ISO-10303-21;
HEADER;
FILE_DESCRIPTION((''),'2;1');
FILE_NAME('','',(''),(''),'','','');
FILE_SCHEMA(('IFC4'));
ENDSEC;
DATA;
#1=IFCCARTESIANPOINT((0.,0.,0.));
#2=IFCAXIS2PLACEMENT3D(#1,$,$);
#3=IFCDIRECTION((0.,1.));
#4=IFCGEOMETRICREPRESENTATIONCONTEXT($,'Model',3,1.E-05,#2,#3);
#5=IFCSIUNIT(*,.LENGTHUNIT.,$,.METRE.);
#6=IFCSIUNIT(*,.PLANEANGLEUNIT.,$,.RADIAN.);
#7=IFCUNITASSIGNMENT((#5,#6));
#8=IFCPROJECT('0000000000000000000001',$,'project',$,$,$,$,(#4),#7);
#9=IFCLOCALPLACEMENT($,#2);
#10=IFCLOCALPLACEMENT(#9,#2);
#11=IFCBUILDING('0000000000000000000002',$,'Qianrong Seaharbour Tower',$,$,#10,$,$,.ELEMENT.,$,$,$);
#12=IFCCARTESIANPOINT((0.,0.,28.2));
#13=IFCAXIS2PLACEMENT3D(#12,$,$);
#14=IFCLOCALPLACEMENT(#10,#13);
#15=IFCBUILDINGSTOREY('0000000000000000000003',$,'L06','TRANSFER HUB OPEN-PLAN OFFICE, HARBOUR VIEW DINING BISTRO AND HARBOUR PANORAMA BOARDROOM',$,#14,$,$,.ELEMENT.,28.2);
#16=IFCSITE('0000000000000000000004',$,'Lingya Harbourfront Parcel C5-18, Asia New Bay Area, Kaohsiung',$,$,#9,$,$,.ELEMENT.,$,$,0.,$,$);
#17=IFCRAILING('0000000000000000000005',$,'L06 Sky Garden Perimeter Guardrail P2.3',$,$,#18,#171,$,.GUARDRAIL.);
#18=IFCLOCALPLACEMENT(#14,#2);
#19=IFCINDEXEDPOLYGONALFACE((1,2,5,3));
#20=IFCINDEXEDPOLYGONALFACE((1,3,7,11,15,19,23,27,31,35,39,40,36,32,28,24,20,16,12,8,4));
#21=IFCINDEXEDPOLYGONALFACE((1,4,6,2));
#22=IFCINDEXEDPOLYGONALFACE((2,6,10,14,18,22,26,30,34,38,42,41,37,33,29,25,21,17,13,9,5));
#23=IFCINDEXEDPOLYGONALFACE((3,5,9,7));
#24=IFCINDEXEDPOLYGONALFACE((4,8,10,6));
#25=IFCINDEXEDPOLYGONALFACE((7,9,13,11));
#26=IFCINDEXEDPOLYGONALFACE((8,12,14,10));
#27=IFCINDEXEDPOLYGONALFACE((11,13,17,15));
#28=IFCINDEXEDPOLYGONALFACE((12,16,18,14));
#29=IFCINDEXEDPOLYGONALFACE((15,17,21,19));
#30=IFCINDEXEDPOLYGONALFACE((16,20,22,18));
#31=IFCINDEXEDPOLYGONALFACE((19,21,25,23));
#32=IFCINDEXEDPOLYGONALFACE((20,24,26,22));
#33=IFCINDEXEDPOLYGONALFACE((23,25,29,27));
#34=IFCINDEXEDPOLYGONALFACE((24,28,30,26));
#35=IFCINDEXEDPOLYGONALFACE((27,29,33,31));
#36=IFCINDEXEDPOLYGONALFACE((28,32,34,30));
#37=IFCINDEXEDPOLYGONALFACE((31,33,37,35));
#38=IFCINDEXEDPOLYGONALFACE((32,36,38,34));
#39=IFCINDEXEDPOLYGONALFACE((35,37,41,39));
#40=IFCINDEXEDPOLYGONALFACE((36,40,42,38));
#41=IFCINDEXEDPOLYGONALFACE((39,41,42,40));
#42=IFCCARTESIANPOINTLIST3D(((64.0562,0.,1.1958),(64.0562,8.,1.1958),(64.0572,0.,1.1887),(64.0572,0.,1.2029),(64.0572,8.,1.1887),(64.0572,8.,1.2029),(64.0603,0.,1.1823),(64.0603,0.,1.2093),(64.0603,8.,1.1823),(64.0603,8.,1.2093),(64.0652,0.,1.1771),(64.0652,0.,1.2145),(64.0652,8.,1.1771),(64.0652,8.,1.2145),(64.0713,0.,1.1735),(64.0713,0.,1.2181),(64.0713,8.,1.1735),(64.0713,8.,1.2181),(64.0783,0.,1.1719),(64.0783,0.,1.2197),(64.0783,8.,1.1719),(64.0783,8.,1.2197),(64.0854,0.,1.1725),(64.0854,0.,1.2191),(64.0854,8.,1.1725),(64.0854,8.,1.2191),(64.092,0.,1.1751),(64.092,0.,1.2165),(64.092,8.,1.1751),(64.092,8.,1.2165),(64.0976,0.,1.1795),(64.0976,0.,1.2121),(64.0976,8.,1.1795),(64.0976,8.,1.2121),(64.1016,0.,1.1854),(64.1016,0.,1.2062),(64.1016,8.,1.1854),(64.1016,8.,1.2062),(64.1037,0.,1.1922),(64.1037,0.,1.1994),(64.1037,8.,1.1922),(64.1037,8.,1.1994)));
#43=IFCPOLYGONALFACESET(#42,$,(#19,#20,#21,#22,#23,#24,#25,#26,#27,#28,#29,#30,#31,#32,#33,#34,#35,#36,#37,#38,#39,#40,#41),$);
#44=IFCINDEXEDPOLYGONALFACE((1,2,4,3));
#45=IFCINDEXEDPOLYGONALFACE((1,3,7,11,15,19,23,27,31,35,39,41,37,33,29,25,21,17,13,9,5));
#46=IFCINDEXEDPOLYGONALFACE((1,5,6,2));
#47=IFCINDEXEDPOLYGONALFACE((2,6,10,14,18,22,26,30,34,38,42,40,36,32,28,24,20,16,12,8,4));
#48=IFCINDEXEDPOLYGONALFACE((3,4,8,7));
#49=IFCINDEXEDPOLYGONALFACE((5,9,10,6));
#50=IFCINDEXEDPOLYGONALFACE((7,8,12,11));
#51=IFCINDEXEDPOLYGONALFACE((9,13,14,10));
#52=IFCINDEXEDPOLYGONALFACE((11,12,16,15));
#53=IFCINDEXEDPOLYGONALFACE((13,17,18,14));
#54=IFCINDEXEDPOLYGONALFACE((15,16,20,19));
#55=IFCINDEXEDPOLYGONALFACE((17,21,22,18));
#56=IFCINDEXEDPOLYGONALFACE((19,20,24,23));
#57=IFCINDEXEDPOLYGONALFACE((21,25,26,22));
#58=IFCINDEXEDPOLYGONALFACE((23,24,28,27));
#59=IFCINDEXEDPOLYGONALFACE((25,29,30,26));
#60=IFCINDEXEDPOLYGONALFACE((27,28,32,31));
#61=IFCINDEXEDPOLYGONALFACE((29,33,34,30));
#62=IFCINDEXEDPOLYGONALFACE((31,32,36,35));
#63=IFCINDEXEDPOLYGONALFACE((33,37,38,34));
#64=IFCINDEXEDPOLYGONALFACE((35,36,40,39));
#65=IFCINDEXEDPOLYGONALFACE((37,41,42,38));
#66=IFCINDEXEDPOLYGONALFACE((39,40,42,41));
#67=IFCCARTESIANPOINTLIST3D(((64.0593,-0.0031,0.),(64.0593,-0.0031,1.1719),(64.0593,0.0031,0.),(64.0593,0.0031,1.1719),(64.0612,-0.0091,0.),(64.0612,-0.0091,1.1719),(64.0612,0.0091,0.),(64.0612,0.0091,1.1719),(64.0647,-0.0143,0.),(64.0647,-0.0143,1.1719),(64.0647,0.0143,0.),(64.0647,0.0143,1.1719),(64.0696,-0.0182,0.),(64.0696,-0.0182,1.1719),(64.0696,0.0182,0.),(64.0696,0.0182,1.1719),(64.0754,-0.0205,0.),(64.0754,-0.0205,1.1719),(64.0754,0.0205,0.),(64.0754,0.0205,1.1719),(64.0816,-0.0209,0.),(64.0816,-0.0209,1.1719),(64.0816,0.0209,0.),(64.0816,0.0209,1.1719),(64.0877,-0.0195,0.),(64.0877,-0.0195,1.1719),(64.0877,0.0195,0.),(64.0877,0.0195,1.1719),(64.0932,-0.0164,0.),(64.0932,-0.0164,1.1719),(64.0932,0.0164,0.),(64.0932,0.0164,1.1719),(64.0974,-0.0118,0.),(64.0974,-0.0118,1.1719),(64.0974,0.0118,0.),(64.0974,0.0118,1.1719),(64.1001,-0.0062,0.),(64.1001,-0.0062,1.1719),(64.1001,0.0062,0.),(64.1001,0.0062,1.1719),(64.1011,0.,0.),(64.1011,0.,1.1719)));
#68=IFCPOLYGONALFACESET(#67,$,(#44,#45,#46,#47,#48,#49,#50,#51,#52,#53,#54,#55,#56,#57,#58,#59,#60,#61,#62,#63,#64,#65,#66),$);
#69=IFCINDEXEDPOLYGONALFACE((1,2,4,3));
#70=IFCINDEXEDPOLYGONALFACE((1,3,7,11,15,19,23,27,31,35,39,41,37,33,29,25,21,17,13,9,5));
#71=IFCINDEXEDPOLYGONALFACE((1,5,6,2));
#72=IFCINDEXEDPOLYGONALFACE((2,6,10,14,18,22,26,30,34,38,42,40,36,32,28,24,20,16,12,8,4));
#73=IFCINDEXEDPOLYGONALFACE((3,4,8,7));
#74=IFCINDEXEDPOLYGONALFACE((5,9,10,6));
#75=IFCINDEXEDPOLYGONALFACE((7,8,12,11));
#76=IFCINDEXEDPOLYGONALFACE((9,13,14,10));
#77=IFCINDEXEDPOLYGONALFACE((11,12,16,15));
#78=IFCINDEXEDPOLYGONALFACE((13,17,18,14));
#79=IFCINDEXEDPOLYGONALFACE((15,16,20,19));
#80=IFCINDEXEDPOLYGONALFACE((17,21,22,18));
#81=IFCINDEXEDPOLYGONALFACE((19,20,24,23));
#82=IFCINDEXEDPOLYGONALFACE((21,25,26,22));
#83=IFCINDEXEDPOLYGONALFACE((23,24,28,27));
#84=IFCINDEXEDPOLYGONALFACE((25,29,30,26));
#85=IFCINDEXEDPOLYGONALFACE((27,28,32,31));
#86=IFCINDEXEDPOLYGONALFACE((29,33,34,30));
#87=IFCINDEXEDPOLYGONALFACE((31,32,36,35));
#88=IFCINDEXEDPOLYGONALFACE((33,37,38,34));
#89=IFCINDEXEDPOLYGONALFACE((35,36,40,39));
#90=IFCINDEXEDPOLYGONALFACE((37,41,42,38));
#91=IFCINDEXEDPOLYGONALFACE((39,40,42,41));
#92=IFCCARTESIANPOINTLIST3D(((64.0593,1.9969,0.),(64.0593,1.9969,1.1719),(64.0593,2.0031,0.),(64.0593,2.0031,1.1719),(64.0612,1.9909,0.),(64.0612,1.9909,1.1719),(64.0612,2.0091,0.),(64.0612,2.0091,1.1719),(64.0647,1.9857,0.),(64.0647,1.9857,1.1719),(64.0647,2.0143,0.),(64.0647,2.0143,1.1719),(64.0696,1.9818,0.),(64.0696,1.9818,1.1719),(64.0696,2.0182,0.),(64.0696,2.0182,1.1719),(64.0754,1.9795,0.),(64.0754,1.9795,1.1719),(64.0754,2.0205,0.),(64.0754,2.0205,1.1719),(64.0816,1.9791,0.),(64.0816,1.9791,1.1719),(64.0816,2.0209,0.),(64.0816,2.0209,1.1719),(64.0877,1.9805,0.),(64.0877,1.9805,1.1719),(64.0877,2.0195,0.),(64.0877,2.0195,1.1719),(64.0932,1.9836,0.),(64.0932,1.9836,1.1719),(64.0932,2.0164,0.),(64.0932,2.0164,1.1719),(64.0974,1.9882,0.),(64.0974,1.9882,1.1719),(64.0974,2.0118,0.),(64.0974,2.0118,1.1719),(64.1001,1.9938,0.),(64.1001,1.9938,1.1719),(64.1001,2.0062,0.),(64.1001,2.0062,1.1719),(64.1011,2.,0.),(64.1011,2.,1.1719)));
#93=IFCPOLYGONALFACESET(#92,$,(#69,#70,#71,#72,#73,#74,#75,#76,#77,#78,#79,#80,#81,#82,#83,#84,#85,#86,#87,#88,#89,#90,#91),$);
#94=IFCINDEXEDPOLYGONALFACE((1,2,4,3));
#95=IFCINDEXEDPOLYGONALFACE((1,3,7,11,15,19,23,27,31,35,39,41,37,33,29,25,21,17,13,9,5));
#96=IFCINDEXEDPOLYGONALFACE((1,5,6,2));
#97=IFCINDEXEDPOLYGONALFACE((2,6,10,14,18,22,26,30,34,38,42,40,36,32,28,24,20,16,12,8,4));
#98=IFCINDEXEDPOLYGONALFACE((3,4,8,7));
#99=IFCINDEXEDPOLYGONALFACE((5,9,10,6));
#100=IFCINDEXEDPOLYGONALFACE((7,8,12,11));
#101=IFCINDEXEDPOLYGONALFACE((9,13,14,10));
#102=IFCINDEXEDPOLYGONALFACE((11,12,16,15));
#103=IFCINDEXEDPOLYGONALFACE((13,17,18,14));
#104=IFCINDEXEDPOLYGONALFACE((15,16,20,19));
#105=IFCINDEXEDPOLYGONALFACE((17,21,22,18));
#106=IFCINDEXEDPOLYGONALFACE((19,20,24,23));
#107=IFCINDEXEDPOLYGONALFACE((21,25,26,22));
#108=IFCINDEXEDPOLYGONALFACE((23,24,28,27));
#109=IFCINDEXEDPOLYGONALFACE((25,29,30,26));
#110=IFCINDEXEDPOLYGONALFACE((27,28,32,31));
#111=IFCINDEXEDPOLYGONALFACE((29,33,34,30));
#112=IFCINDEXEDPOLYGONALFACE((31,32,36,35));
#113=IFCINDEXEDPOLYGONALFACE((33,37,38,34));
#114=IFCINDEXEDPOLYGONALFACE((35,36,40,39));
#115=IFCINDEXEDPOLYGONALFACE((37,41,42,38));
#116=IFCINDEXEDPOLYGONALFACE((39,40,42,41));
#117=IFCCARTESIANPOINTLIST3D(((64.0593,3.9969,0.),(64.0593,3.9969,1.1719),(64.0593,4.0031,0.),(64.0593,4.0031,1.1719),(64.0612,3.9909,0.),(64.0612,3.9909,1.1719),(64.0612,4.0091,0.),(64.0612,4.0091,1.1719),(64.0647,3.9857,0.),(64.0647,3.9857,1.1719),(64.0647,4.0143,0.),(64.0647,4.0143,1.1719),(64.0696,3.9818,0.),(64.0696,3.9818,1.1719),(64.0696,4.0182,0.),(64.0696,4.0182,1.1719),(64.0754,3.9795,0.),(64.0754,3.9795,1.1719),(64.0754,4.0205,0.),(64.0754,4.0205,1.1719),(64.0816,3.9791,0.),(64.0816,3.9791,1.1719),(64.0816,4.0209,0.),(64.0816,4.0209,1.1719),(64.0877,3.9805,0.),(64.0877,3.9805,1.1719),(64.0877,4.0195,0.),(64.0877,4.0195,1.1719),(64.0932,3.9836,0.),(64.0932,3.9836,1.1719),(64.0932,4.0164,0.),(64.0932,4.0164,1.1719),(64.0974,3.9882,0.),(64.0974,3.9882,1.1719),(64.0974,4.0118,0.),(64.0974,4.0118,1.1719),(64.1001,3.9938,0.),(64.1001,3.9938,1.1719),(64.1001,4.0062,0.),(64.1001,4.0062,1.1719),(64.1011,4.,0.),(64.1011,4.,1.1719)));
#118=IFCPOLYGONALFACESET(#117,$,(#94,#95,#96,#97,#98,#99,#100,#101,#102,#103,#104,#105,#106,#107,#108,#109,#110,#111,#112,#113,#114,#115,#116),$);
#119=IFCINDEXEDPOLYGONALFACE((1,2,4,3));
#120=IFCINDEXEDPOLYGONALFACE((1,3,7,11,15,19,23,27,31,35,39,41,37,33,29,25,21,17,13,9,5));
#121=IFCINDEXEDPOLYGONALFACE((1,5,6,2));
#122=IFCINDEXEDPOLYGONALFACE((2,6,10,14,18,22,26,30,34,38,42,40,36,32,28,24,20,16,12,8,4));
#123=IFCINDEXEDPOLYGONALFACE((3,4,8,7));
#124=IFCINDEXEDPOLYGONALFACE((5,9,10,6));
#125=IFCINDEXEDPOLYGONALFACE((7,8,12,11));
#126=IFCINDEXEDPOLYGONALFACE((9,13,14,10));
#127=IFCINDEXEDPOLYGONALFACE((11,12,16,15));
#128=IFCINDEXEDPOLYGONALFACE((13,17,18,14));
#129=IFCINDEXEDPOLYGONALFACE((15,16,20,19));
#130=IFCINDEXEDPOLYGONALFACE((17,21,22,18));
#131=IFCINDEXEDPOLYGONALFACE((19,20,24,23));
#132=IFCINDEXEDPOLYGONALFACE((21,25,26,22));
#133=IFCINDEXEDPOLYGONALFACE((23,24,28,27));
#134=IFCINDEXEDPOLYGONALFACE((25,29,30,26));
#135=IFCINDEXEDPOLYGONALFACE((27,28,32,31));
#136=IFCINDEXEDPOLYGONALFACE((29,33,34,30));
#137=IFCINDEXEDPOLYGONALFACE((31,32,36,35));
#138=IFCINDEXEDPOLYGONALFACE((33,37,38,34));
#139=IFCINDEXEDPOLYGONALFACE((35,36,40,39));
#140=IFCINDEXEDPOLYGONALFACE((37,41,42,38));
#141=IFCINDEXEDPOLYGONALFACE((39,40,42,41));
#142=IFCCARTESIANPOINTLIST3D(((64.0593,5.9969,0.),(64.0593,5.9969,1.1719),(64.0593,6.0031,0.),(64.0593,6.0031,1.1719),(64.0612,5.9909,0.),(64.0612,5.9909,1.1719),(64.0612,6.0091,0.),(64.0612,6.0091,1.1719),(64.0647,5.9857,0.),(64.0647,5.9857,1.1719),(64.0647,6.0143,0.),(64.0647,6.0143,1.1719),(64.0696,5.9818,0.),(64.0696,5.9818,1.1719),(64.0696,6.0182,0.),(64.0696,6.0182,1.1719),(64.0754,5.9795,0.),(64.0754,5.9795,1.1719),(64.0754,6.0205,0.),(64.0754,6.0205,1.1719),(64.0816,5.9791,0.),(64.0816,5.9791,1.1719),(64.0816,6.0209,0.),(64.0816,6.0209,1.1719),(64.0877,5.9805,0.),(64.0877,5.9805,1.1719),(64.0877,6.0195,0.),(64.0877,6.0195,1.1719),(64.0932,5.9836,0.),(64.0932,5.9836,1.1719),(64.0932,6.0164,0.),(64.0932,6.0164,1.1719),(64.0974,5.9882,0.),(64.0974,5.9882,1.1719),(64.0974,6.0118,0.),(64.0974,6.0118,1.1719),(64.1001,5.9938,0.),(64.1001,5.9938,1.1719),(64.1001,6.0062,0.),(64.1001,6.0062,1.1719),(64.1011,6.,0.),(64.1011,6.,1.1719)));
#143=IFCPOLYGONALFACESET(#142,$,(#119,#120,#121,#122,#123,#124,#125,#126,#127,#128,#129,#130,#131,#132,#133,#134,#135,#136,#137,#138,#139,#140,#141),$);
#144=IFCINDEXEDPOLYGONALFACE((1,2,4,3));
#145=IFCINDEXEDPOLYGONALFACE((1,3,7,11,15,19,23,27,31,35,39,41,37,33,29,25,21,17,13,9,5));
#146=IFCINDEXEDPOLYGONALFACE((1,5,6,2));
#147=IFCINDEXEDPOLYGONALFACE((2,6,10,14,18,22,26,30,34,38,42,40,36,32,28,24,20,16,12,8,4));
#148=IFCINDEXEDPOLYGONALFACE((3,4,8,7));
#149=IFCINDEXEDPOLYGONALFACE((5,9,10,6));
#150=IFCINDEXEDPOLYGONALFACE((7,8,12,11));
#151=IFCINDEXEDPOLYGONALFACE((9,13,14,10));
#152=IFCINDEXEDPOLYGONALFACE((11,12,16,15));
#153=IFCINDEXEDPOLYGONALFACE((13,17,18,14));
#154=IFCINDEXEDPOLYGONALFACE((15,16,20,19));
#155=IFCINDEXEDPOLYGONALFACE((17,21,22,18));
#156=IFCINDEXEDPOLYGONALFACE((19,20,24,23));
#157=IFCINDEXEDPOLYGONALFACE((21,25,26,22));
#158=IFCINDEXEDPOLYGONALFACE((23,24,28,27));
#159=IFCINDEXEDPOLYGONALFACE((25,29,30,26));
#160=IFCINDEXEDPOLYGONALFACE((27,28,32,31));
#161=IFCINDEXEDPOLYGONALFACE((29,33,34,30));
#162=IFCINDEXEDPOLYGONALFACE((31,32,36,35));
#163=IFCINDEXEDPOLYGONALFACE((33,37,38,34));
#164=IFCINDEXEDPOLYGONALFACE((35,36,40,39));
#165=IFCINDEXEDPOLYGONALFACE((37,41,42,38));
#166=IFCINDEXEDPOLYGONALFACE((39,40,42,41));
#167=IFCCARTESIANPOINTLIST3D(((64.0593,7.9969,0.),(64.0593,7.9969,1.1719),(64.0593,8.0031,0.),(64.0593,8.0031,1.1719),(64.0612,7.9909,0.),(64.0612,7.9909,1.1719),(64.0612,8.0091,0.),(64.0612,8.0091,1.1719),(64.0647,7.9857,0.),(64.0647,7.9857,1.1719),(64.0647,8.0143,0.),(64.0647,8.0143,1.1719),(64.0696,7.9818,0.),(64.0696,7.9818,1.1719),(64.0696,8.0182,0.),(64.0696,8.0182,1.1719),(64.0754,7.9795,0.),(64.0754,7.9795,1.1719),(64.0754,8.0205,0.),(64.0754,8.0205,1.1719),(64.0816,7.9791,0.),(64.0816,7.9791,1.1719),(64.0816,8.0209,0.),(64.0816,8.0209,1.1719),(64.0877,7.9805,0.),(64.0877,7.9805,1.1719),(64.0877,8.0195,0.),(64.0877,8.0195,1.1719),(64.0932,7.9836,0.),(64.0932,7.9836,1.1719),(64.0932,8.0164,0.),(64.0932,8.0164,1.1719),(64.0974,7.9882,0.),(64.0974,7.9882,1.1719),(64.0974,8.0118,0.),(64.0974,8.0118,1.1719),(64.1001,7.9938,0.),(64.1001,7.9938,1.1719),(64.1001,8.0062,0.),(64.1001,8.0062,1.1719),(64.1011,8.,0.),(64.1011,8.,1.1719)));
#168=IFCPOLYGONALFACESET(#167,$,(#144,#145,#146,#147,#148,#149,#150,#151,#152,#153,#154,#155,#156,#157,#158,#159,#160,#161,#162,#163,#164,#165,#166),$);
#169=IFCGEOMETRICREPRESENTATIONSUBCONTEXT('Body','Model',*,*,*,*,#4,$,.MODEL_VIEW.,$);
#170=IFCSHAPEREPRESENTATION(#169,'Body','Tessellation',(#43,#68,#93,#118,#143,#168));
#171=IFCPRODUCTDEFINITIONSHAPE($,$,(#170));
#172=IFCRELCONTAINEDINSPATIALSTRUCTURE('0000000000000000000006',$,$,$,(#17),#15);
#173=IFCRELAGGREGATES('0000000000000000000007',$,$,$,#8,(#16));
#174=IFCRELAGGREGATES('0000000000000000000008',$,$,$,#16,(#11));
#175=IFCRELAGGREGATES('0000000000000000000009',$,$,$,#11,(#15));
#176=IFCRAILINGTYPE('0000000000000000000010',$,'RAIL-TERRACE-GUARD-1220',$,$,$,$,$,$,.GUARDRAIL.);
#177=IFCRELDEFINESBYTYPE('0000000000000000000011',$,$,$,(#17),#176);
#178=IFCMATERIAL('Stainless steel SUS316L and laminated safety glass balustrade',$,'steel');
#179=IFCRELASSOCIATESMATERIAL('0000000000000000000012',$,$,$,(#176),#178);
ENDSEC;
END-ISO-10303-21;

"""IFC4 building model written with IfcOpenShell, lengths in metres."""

from ifc_helpers import new_model, si_unit, direction, frame, origin, origin_2d, place, context, subcontext, project, spatial, circle, extrude, material, type_object, element, save


model = new_model("IFC4")

# Units and contexts
model_context = context("Model", 3, precision=1e-05, world=origin(), true_north=direction((0.0, 1.0)))
body_context = subcontext(model_context, "Body", "Model", "MODEL_VIEW")
ifc_project = project(units=[si_unit("LENGTHUNIT", "METRE"), si_unit("PLANEANGLEUNIT", "RADIAN")], contexts=[model_context])

# Site, building, storey
site_placement = place(None, origin())
site = spatial("IfcSite", under=ifc_project, at=site_placement, Name="Lingya Harbourfront Parcel C5-18, Asia New Bay Area, Kaohsiung", CompositionType="ELEMENT", RefElevation=0.0)
building_placement = place(site_placement, origin())
building = spatial("IfcBuilding", under=site, at=building_placement, Name="Qianrong Seaharbour Tower", CompositionType="ELEMENT")
storey_placement = place(building_placement, frame((0.0, 0.0, 28.2)))
storey = spatial("IfcBuildingStorey", under=building, at=storey_placement, Name="L06", Description="TRANSFER HUB OPEN-PLAN OFFICE, HARBOUR VIEW DINING BISTRO AND HARBOUR PANORAMA BOARDROOM", CompositionType="ELEMENT", Elevation=28.2)

# Railing
ifc_material_1 = material(Name="Stainless steel SUS316L and laminated safety glass balustrade", Category="steel")
railing_type = type_object("IfcRailingType", Name="RAIL-TERRACE-GUARD-1220", PredefinedType="GUARDRAIL", material=ifc_material_1)
railing_1_placement = place(storey_placement, frame((64.0801, 0.0, 0.0)))
element("IfcRailing", 1, at=railing_1_placement, inside=storey, type_object=railing_type, Name="L06 Sky Garden Perimeter Guardrail P2.3", PredefinedType="GUARDRAIL", context=body_context, shape_type="SweptSolid", body=[
    extrude(circle(Radius=0.0239, at=origin_2d()), frame((0.0, 0.0, 1.1958), z_axis=(0.0, 1.0, 0.0), x_axis=(-1.0, 0.0, 0.0)), (0.0, 0.0, 1.0), 8.0),
    extrude(circle(Radius=0.021, at=origin_2d()), origin(), (0.0, 0.0, 1.0), 1.1719),
    extrude(circle(Radius=0.021, at=origin_2d()), frame((0.0, 2.0, 0.0)), (0.0, 0.0, 1.0), 1.1719),
    extrude(circle(Radius=0.021, at=origin_2d()), frame((0.0, 4.0, 0.0)), (0.0, 0.0, 1.0), 1.1719),
    extrude(circle(Radius=0.021, at=origin_2d()), frame((0.0, 6.0, 0.0)), (0.0, 0.0, 1.0), 1.1719),
    extrude(circle(Radius=0.021, at=origin_2d()), frame((0.0, 8.0, 0.0)), (0.0, 0.0, 1.0), 1.1719),
])

save(model, "model.ifc")
